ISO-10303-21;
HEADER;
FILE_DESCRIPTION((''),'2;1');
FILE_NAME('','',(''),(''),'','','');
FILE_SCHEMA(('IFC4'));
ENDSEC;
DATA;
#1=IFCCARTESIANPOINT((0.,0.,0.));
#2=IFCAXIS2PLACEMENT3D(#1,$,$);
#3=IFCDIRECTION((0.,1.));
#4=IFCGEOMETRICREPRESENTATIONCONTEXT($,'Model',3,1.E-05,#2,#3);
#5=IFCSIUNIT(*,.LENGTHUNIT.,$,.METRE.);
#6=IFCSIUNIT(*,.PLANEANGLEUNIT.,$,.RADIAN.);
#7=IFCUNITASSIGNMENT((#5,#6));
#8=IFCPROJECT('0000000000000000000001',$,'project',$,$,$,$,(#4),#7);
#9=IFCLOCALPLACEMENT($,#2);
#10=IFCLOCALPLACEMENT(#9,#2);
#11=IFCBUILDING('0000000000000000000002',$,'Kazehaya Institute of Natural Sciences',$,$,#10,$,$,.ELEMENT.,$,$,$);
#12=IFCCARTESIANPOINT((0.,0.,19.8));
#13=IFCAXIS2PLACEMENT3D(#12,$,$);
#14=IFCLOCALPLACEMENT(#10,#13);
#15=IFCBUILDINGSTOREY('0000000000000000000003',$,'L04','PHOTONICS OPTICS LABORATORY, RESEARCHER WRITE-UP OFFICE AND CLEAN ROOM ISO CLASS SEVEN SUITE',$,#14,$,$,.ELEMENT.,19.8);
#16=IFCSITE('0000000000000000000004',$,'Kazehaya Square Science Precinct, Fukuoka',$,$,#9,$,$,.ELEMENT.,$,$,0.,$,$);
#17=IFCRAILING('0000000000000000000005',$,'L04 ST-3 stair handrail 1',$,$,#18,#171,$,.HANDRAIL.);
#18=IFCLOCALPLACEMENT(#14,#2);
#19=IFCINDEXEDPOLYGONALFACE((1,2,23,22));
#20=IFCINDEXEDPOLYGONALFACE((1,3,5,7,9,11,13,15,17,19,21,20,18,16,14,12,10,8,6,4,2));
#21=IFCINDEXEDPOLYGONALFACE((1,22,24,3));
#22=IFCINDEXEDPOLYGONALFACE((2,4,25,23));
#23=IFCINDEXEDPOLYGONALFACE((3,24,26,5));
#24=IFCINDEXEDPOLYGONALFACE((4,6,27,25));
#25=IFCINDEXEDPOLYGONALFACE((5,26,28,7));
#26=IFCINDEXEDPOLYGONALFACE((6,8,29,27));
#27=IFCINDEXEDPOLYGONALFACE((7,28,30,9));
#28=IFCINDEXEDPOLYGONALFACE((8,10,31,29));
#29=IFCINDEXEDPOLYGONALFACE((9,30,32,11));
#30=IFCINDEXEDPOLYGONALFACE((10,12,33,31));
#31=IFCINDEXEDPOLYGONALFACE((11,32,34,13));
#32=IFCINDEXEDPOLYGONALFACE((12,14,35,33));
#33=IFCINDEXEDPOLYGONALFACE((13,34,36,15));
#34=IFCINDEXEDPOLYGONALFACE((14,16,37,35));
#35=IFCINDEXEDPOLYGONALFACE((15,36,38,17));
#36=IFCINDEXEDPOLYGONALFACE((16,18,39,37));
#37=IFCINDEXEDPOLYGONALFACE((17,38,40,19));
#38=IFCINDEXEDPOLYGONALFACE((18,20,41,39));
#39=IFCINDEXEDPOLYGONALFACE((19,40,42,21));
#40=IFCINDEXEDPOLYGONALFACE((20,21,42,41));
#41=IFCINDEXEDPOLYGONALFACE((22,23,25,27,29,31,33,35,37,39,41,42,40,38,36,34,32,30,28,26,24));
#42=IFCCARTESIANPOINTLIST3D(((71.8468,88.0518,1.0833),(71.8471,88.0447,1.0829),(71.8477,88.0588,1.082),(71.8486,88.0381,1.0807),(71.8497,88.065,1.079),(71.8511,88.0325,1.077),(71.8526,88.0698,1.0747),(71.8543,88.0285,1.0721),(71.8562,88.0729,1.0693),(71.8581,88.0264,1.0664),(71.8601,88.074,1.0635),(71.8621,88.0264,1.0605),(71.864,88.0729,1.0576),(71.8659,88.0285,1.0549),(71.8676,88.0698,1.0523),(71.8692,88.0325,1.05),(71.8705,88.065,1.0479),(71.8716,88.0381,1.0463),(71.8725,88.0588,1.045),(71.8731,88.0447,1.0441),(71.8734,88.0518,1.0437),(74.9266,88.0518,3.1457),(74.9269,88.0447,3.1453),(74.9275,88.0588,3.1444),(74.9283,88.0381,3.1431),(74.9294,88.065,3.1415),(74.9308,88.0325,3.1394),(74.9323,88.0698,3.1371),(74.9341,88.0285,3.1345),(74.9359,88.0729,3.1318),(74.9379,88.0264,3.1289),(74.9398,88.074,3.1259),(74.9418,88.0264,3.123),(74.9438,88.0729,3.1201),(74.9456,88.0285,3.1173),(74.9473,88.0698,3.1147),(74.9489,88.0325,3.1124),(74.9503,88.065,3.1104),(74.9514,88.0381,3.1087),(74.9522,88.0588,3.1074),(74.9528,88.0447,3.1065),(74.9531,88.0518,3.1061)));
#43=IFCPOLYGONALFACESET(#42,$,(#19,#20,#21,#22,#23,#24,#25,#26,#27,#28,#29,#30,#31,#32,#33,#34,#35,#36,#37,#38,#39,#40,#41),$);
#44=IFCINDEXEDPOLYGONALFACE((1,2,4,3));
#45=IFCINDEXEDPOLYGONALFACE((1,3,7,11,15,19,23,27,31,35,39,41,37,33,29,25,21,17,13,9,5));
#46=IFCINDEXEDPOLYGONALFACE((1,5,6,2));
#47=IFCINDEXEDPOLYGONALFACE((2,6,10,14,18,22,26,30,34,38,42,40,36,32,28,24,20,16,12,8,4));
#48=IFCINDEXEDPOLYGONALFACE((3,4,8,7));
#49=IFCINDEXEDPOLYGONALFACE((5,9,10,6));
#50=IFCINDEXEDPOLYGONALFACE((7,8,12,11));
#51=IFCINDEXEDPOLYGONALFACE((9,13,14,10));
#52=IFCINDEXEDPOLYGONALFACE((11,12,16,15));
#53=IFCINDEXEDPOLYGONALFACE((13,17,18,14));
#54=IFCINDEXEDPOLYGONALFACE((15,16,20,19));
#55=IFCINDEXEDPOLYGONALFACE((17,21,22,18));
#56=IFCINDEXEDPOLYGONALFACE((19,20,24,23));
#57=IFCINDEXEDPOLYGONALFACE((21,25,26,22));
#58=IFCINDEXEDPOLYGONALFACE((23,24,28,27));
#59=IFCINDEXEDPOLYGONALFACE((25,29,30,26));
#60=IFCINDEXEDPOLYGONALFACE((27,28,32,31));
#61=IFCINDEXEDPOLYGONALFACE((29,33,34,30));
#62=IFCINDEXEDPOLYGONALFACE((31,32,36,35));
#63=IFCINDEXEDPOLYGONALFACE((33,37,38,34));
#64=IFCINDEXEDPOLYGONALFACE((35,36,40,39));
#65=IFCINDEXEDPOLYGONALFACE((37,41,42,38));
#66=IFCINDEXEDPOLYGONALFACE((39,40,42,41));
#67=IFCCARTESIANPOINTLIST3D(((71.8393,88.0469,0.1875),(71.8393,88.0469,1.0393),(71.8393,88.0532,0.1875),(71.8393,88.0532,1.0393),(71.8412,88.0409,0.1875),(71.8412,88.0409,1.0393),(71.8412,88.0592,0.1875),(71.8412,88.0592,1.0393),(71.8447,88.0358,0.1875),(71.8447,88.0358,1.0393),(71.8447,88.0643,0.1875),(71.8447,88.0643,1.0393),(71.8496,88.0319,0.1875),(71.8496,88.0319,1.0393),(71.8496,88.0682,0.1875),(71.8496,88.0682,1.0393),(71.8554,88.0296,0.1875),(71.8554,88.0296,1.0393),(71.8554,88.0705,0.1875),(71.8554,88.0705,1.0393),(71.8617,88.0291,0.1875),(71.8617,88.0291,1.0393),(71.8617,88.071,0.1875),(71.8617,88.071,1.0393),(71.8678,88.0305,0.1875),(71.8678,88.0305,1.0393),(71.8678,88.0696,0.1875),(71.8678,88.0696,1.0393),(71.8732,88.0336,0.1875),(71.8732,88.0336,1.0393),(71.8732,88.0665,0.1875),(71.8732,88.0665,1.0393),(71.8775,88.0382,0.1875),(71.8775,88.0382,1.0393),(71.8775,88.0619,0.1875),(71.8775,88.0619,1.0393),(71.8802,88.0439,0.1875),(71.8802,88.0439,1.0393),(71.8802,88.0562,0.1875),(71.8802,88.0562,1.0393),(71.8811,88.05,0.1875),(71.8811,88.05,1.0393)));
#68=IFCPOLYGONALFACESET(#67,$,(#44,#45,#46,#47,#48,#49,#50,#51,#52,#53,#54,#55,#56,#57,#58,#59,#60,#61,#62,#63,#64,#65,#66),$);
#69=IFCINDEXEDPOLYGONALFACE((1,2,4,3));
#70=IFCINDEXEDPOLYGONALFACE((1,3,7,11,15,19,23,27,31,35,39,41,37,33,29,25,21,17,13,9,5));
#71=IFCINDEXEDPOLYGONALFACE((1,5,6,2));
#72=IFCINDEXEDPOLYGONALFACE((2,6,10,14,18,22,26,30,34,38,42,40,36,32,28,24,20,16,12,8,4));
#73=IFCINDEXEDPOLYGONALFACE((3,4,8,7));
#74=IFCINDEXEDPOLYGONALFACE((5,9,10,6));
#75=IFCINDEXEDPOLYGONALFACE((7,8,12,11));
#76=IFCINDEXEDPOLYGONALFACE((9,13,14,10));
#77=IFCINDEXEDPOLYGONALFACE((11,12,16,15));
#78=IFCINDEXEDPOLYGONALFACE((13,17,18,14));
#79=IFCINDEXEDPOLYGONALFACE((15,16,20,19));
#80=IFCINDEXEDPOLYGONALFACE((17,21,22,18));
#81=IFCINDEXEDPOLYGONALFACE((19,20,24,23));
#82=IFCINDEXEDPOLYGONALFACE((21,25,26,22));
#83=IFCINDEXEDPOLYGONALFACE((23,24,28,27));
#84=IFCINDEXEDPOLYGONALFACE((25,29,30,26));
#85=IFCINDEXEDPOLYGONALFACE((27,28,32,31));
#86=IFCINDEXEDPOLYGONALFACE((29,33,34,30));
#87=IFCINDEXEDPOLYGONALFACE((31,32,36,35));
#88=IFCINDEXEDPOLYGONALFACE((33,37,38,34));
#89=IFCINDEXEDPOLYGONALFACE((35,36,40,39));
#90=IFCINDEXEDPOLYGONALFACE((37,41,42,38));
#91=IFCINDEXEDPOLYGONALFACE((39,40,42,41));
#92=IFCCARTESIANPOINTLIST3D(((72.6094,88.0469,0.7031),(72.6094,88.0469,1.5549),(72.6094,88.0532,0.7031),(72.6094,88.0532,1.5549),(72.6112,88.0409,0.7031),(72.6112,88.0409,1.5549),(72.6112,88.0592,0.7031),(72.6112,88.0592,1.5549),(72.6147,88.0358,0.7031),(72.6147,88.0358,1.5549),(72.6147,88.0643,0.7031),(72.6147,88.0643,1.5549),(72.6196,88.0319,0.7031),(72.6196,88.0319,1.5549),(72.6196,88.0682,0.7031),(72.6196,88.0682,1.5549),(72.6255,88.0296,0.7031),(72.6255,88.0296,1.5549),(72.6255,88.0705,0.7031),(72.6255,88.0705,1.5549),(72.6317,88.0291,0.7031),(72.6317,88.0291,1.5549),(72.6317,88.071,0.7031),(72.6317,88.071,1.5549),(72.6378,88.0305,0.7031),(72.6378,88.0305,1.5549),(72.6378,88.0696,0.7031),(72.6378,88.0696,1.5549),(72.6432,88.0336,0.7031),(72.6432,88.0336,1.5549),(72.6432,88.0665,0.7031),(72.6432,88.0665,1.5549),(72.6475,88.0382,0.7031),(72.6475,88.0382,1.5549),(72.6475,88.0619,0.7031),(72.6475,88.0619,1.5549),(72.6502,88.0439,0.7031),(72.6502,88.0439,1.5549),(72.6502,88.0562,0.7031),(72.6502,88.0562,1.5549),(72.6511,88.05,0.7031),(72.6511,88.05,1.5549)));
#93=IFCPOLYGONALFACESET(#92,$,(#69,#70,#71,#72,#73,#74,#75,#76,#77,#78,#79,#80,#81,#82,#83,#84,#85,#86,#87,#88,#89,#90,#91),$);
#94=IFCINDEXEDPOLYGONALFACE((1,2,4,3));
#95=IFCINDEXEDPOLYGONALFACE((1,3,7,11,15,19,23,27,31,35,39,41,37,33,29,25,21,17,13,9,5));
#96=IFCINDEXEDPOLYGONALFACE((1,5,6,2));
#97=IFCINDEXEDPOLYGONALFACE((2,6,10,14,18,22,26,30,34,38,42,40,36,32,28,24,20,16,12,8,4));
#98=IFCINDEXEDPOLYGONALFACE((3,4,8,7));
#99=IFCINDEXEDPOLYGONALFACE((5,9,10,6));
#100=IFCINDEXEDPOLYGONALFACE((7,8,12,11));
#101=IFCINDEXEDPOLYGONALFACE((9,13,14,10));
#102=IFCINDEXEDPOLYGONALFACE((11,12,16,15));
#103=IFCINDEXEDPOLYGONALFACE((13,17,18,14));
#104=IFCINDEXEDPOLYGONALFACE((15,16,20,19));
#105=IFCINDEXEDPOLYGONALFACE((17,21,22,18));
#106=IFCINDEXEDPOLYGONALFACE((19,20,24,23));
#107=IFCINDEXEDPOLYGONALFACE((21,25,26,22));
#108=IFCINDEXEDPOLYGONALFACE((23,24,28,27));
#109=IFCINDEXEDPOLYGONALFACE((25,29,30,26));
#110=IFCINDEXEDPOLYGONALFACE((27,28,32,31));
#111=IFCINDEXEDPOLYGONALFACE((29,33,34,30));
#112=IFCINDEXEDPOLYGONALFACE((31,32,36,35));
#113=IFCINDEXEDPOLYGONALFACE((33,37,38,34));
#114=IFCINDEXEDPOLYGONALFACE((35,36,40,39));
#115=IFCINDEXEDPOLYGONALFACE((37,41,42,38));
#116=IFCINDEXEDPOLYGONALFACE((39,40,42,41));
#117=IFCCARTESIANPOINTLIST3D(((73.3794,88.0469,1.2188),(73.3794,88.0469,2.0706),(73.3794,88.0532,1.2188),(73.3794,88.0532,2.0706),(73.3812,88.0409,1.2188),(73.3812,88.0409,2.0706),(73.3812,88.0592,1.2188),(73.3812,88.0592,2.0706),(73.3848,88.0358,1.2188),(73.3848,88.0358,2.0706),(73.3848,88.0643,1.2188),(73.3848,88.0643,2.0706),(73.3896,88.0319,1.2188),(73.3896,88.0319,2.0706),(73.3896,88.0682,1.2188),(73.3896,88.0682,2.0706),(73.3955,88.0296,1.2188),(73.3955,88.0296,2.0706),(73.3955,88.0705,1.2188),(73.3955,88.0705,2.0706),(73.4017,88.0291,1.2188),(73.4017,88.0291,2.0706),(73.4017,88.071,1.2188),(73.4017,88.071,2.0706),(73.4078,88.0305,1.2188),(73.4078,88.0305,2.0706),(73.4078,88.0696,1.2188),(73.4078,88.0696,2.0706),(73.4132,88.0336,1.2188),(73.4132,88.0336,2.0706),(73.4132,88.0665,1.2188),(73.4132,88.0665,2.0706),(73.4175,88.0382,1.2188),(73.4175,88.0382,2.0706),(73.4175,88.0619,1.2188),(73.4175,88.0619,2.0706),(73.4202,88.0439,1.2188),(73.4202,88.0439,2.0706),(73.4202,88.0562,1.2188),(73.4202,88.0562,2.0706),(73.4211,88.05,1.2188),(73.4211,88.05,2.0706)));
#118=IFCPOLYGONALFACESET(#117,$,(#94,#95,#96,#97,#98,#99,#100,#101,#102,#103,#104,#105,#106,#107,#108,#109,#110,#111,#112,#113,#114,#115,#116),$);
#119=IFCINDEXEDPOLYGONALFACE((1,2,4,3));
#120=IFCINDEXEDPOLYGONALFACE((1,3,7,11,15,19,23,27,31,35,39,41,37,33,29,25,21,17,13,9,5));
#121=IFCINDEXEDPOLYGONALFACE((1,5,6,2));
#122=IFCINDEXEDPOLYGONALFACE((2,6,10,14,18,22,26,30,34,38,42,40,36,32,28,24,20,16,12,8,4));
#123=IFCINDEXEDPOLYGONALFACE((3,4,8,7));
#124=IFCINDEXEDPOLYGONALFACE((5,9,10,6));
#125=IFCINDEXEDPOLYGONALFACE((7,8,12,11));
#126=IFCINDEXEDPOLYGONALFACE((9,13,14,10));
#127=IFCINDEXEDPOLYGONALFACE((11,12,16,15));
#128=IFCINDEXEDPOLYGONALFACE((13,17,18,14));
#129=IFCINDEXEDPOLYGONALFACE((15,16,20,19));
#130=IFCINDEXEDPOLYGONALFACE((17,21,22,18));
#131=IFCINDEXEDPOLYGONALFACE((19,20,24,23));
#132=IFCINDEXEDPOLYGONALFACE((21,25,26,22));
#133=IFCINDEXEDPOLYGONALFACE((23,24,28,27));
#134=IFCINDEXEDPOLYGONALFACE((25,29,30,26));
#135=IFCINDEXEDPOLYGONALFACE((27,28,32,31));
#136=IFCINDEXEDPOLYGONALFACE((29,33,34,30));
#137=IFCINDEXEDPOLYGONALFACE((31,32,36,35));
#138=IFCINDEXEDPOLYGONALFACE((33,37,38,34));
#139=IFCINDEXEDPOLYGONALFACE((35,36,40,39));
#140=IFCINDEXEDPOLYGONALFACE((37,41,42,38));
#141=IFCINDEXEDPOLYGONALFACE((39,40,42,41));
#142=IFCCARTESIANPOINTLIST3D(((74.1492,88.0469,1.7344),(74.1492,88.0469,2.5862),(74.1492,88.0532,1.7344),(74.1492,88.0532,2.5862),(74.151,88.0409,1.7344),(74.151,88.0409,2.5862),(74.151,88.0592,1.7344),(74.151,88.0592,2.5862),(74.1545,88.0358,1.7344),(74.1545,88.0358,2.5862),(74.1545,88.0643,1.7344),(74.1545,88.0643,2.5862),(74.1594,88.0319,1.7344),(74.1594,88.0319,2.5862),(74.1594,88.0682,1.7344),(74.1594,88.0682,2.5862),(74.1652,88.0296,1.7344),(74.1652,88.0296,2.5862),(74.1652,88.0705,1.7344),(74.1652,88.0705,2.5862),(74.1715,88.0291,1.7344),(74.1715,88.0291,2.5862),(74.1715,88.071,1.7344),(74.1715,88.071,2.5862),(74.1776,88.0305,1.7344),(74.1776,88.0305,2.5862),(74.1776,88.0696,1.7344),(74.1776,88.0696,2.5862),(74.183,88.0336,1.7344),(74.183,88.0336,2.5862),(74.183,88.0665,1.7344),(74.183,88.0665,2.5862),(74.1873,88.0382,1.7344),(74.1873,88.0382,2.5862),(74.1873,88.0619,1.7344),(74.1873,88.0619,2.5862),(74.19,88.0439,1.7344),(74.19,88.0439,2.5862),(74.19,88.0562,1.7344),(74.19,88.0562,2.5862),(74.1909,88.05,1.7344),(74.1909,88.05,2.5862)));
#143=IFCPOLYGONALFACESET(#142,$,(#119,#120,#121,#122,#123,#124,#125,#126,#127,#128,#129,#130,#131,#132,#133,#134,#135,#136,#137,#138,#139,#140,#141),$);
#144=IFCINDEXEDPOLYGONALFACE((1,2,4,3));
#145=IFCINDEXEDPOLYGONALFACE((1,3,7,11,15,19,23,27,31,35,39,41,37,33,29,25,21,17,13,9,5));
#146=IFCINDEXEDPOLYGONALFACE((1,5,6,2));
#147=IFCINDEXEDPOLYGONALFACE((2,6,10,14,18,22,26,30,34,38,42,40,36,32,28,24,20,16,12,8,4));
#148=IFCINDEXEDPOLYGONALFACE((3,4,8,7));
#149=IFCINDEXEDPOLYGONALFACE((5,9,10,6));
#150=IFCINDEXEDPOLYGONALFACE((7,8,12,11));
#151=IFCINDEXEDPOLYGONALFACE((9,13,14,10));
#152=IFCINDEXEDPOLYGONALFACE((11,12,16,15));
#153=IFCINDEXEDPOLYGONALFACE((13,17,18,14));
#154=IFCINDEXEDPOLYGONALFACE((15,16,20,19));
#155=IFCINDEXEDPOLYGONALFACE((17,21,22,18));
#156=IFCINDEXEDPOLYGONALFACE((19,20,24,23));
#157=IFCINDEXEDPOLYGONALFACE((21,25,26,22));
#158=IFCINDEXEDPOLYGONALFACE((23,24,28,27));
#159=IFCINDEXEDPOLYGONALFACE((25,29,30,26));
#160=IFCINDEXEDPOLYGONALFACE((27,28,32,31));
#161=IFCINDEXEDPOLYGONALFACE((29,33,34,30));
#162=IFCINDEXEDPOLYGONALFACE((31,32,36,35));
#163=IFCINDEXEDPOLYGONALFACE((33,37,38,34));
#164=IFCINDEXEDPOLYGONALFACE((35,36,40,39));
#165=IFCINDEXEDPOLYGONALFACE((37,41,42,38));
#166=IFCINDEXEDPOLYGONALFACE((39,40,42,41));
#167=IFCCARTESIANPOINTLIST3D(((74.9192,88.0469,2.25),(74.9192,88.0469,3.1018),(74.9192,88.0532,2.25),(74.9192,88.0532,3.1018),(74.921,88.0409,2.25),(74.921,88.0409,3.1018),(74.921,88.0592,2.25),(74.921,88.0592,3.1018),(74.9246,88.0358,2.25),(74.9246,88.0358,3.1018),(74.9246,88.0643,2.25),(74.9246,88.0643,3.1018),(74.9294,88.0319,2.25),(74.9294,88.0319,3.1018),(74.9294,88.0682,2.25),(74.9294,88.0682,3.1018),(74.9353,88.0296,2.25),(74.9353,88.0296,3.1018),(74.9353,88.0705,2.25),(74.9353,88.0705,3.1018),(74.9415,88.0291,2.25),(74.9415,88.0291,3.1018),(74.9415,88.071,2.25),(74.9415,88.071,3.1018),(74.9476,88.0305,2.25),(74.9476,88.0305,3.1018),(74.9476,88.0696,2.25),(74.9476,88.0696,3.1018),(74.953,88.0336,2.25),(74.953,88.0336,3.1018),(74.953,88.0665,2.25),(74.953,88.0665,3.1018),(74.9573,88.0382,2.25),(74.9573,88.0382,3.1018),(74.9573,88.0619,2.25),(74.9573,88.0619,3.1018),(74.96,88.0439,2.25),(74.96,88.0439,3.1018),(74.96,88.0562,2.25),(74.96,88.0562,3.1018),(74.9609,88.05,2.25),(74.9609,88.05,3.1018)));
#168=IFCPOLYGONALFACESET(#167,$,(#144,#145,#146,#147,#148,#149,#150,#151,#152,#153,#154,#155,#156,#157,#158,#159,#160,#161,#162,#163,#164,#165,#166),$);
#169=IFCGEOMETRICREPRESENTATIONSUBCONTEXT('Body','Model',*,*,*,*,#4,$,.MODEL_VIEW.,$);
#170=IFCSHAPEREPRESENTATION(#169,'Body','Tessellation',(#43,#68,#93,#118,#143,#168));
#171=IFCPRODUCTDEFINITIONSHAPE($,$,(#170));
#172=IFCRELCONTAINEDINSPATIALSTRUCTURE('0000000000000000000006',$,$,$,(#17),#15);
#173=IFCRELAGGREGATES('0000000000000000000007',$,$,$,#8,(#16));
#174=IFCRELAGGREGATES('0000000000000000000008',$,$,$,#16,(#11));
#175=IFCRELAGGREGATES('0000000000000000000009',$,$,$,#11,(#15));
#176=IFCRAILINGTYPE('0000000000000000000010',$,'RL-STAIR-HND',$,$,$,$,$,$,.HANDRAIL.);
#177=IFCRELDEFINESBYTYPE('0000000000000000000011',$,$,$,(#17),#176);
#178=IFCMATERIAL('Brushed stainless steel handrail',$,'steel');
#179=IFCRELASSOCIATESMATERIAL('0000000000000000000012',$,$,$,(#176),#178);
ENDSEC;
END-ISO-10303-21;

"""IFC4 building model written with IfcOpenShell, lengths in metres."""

from ifc_helpers import new_model, si_unit, direction, frame, origin, origin_2d, place, context, subcontext, project, spatial, circle, extrude, material, type_object, element, save


model = new_model("IFC4")

# Units and contexts
model_context = context("Model", 3, precision=1e-05, world=origin(), true_north=direction((0.0, 1.0)))
body_context = subcontext(model_context, "Body", "Model", "MODEL_VIEW")
ifc_project = project(units=[si_unit("LENGTHUNIT", "METRE"), si_unit("PLANEANGLEUNIT", "RADIAN")], contexts=[model_context])

# Site, building, storey
site_placement = place(None, origin())
site = spatial("IfcSite", under=ifc_project, at=site_placement, Name="Kazehaya Square Science Precinct, Fukuoka", CompositionType="ELEMENT", RefElevation=0.0)
building_placement = place(site_placement, origin())
building = spatial("IfcBuilding", under=site, at=building_placement, Name="Kazehaya Institute of Natural Sciences", CompositionType="ELEMENT")
storey_placement = place(building_placement, frame((0.0, 0.0, 19.8)))
storey = spatial("IfcBuildingStorey", under=building, at=storey_placement, Name="L04", Description="PHOTONICS OPTICS LABORATORY, RESEARCHER WRITE-UP OFFICE AND CLEAN ROOM ISO CLASS SEVEN SUITE", CompositionType="ELEMENT", Elevation=19.8)

# Railing
ifc_material_1 = material(Name="Brushed stainless steel handrail", Category="steel")
railing_type_1 = type_object("IfcRailingType", Name="RL-STAIR-HND", PredefinedType="HANDRAIL", material=ifc_material_1)
railing_1_placement = place(storey_placement, frame((71.8601, 88.05, 0.1875)))
element("IfcRailing", 1, at=railing_1_placement, inside=storey, type_object=railing_type_1, Name="L04 ST-3 stair handrail 1", PredefinedType="HANDRAIL", context=body_context, shape_type="SweptSolid", body=[
    extrude(circle(Radius=0.0239, at=origin_2d()), frame((0.0, 0.0, 0.876), z_axis=(0.830893, 0.0, 0.556432), x_axis=(0.0, 1.0, 0.0)), (0.0, 0.0, 1.0), 3.7065),
    extrude(circle(Radius=0.021, at=origin_2d()), origin(), (0.0, 0.0, 1.0), 0.8518),
    extrude(circle(Radius=0.021, at=origin_2d()), frame((0.77, 0.0, 0.5156)), (0.0, 0.0, 1.0), 0.8518),
    extrude(circle(Radius=0.021, at=origin_2d()), frame((1.54, 0.0, 1.0312)), (0.0, 0.0, 1.0), 0.8518),
    extrude(circle(Radius=0.021, at=origin_2d()), frame((2.3098, 0.0, 1.5469)), (0.0, 0.0, 1.0), 0.8518),
    extrude(circle(Radius=0.021, at=origin_2d()), frame((3.0798, 0.0, 2.0625)), (0.0, 0.0, 1.0), 0.8518),
])

save(model, "model.ifc")
